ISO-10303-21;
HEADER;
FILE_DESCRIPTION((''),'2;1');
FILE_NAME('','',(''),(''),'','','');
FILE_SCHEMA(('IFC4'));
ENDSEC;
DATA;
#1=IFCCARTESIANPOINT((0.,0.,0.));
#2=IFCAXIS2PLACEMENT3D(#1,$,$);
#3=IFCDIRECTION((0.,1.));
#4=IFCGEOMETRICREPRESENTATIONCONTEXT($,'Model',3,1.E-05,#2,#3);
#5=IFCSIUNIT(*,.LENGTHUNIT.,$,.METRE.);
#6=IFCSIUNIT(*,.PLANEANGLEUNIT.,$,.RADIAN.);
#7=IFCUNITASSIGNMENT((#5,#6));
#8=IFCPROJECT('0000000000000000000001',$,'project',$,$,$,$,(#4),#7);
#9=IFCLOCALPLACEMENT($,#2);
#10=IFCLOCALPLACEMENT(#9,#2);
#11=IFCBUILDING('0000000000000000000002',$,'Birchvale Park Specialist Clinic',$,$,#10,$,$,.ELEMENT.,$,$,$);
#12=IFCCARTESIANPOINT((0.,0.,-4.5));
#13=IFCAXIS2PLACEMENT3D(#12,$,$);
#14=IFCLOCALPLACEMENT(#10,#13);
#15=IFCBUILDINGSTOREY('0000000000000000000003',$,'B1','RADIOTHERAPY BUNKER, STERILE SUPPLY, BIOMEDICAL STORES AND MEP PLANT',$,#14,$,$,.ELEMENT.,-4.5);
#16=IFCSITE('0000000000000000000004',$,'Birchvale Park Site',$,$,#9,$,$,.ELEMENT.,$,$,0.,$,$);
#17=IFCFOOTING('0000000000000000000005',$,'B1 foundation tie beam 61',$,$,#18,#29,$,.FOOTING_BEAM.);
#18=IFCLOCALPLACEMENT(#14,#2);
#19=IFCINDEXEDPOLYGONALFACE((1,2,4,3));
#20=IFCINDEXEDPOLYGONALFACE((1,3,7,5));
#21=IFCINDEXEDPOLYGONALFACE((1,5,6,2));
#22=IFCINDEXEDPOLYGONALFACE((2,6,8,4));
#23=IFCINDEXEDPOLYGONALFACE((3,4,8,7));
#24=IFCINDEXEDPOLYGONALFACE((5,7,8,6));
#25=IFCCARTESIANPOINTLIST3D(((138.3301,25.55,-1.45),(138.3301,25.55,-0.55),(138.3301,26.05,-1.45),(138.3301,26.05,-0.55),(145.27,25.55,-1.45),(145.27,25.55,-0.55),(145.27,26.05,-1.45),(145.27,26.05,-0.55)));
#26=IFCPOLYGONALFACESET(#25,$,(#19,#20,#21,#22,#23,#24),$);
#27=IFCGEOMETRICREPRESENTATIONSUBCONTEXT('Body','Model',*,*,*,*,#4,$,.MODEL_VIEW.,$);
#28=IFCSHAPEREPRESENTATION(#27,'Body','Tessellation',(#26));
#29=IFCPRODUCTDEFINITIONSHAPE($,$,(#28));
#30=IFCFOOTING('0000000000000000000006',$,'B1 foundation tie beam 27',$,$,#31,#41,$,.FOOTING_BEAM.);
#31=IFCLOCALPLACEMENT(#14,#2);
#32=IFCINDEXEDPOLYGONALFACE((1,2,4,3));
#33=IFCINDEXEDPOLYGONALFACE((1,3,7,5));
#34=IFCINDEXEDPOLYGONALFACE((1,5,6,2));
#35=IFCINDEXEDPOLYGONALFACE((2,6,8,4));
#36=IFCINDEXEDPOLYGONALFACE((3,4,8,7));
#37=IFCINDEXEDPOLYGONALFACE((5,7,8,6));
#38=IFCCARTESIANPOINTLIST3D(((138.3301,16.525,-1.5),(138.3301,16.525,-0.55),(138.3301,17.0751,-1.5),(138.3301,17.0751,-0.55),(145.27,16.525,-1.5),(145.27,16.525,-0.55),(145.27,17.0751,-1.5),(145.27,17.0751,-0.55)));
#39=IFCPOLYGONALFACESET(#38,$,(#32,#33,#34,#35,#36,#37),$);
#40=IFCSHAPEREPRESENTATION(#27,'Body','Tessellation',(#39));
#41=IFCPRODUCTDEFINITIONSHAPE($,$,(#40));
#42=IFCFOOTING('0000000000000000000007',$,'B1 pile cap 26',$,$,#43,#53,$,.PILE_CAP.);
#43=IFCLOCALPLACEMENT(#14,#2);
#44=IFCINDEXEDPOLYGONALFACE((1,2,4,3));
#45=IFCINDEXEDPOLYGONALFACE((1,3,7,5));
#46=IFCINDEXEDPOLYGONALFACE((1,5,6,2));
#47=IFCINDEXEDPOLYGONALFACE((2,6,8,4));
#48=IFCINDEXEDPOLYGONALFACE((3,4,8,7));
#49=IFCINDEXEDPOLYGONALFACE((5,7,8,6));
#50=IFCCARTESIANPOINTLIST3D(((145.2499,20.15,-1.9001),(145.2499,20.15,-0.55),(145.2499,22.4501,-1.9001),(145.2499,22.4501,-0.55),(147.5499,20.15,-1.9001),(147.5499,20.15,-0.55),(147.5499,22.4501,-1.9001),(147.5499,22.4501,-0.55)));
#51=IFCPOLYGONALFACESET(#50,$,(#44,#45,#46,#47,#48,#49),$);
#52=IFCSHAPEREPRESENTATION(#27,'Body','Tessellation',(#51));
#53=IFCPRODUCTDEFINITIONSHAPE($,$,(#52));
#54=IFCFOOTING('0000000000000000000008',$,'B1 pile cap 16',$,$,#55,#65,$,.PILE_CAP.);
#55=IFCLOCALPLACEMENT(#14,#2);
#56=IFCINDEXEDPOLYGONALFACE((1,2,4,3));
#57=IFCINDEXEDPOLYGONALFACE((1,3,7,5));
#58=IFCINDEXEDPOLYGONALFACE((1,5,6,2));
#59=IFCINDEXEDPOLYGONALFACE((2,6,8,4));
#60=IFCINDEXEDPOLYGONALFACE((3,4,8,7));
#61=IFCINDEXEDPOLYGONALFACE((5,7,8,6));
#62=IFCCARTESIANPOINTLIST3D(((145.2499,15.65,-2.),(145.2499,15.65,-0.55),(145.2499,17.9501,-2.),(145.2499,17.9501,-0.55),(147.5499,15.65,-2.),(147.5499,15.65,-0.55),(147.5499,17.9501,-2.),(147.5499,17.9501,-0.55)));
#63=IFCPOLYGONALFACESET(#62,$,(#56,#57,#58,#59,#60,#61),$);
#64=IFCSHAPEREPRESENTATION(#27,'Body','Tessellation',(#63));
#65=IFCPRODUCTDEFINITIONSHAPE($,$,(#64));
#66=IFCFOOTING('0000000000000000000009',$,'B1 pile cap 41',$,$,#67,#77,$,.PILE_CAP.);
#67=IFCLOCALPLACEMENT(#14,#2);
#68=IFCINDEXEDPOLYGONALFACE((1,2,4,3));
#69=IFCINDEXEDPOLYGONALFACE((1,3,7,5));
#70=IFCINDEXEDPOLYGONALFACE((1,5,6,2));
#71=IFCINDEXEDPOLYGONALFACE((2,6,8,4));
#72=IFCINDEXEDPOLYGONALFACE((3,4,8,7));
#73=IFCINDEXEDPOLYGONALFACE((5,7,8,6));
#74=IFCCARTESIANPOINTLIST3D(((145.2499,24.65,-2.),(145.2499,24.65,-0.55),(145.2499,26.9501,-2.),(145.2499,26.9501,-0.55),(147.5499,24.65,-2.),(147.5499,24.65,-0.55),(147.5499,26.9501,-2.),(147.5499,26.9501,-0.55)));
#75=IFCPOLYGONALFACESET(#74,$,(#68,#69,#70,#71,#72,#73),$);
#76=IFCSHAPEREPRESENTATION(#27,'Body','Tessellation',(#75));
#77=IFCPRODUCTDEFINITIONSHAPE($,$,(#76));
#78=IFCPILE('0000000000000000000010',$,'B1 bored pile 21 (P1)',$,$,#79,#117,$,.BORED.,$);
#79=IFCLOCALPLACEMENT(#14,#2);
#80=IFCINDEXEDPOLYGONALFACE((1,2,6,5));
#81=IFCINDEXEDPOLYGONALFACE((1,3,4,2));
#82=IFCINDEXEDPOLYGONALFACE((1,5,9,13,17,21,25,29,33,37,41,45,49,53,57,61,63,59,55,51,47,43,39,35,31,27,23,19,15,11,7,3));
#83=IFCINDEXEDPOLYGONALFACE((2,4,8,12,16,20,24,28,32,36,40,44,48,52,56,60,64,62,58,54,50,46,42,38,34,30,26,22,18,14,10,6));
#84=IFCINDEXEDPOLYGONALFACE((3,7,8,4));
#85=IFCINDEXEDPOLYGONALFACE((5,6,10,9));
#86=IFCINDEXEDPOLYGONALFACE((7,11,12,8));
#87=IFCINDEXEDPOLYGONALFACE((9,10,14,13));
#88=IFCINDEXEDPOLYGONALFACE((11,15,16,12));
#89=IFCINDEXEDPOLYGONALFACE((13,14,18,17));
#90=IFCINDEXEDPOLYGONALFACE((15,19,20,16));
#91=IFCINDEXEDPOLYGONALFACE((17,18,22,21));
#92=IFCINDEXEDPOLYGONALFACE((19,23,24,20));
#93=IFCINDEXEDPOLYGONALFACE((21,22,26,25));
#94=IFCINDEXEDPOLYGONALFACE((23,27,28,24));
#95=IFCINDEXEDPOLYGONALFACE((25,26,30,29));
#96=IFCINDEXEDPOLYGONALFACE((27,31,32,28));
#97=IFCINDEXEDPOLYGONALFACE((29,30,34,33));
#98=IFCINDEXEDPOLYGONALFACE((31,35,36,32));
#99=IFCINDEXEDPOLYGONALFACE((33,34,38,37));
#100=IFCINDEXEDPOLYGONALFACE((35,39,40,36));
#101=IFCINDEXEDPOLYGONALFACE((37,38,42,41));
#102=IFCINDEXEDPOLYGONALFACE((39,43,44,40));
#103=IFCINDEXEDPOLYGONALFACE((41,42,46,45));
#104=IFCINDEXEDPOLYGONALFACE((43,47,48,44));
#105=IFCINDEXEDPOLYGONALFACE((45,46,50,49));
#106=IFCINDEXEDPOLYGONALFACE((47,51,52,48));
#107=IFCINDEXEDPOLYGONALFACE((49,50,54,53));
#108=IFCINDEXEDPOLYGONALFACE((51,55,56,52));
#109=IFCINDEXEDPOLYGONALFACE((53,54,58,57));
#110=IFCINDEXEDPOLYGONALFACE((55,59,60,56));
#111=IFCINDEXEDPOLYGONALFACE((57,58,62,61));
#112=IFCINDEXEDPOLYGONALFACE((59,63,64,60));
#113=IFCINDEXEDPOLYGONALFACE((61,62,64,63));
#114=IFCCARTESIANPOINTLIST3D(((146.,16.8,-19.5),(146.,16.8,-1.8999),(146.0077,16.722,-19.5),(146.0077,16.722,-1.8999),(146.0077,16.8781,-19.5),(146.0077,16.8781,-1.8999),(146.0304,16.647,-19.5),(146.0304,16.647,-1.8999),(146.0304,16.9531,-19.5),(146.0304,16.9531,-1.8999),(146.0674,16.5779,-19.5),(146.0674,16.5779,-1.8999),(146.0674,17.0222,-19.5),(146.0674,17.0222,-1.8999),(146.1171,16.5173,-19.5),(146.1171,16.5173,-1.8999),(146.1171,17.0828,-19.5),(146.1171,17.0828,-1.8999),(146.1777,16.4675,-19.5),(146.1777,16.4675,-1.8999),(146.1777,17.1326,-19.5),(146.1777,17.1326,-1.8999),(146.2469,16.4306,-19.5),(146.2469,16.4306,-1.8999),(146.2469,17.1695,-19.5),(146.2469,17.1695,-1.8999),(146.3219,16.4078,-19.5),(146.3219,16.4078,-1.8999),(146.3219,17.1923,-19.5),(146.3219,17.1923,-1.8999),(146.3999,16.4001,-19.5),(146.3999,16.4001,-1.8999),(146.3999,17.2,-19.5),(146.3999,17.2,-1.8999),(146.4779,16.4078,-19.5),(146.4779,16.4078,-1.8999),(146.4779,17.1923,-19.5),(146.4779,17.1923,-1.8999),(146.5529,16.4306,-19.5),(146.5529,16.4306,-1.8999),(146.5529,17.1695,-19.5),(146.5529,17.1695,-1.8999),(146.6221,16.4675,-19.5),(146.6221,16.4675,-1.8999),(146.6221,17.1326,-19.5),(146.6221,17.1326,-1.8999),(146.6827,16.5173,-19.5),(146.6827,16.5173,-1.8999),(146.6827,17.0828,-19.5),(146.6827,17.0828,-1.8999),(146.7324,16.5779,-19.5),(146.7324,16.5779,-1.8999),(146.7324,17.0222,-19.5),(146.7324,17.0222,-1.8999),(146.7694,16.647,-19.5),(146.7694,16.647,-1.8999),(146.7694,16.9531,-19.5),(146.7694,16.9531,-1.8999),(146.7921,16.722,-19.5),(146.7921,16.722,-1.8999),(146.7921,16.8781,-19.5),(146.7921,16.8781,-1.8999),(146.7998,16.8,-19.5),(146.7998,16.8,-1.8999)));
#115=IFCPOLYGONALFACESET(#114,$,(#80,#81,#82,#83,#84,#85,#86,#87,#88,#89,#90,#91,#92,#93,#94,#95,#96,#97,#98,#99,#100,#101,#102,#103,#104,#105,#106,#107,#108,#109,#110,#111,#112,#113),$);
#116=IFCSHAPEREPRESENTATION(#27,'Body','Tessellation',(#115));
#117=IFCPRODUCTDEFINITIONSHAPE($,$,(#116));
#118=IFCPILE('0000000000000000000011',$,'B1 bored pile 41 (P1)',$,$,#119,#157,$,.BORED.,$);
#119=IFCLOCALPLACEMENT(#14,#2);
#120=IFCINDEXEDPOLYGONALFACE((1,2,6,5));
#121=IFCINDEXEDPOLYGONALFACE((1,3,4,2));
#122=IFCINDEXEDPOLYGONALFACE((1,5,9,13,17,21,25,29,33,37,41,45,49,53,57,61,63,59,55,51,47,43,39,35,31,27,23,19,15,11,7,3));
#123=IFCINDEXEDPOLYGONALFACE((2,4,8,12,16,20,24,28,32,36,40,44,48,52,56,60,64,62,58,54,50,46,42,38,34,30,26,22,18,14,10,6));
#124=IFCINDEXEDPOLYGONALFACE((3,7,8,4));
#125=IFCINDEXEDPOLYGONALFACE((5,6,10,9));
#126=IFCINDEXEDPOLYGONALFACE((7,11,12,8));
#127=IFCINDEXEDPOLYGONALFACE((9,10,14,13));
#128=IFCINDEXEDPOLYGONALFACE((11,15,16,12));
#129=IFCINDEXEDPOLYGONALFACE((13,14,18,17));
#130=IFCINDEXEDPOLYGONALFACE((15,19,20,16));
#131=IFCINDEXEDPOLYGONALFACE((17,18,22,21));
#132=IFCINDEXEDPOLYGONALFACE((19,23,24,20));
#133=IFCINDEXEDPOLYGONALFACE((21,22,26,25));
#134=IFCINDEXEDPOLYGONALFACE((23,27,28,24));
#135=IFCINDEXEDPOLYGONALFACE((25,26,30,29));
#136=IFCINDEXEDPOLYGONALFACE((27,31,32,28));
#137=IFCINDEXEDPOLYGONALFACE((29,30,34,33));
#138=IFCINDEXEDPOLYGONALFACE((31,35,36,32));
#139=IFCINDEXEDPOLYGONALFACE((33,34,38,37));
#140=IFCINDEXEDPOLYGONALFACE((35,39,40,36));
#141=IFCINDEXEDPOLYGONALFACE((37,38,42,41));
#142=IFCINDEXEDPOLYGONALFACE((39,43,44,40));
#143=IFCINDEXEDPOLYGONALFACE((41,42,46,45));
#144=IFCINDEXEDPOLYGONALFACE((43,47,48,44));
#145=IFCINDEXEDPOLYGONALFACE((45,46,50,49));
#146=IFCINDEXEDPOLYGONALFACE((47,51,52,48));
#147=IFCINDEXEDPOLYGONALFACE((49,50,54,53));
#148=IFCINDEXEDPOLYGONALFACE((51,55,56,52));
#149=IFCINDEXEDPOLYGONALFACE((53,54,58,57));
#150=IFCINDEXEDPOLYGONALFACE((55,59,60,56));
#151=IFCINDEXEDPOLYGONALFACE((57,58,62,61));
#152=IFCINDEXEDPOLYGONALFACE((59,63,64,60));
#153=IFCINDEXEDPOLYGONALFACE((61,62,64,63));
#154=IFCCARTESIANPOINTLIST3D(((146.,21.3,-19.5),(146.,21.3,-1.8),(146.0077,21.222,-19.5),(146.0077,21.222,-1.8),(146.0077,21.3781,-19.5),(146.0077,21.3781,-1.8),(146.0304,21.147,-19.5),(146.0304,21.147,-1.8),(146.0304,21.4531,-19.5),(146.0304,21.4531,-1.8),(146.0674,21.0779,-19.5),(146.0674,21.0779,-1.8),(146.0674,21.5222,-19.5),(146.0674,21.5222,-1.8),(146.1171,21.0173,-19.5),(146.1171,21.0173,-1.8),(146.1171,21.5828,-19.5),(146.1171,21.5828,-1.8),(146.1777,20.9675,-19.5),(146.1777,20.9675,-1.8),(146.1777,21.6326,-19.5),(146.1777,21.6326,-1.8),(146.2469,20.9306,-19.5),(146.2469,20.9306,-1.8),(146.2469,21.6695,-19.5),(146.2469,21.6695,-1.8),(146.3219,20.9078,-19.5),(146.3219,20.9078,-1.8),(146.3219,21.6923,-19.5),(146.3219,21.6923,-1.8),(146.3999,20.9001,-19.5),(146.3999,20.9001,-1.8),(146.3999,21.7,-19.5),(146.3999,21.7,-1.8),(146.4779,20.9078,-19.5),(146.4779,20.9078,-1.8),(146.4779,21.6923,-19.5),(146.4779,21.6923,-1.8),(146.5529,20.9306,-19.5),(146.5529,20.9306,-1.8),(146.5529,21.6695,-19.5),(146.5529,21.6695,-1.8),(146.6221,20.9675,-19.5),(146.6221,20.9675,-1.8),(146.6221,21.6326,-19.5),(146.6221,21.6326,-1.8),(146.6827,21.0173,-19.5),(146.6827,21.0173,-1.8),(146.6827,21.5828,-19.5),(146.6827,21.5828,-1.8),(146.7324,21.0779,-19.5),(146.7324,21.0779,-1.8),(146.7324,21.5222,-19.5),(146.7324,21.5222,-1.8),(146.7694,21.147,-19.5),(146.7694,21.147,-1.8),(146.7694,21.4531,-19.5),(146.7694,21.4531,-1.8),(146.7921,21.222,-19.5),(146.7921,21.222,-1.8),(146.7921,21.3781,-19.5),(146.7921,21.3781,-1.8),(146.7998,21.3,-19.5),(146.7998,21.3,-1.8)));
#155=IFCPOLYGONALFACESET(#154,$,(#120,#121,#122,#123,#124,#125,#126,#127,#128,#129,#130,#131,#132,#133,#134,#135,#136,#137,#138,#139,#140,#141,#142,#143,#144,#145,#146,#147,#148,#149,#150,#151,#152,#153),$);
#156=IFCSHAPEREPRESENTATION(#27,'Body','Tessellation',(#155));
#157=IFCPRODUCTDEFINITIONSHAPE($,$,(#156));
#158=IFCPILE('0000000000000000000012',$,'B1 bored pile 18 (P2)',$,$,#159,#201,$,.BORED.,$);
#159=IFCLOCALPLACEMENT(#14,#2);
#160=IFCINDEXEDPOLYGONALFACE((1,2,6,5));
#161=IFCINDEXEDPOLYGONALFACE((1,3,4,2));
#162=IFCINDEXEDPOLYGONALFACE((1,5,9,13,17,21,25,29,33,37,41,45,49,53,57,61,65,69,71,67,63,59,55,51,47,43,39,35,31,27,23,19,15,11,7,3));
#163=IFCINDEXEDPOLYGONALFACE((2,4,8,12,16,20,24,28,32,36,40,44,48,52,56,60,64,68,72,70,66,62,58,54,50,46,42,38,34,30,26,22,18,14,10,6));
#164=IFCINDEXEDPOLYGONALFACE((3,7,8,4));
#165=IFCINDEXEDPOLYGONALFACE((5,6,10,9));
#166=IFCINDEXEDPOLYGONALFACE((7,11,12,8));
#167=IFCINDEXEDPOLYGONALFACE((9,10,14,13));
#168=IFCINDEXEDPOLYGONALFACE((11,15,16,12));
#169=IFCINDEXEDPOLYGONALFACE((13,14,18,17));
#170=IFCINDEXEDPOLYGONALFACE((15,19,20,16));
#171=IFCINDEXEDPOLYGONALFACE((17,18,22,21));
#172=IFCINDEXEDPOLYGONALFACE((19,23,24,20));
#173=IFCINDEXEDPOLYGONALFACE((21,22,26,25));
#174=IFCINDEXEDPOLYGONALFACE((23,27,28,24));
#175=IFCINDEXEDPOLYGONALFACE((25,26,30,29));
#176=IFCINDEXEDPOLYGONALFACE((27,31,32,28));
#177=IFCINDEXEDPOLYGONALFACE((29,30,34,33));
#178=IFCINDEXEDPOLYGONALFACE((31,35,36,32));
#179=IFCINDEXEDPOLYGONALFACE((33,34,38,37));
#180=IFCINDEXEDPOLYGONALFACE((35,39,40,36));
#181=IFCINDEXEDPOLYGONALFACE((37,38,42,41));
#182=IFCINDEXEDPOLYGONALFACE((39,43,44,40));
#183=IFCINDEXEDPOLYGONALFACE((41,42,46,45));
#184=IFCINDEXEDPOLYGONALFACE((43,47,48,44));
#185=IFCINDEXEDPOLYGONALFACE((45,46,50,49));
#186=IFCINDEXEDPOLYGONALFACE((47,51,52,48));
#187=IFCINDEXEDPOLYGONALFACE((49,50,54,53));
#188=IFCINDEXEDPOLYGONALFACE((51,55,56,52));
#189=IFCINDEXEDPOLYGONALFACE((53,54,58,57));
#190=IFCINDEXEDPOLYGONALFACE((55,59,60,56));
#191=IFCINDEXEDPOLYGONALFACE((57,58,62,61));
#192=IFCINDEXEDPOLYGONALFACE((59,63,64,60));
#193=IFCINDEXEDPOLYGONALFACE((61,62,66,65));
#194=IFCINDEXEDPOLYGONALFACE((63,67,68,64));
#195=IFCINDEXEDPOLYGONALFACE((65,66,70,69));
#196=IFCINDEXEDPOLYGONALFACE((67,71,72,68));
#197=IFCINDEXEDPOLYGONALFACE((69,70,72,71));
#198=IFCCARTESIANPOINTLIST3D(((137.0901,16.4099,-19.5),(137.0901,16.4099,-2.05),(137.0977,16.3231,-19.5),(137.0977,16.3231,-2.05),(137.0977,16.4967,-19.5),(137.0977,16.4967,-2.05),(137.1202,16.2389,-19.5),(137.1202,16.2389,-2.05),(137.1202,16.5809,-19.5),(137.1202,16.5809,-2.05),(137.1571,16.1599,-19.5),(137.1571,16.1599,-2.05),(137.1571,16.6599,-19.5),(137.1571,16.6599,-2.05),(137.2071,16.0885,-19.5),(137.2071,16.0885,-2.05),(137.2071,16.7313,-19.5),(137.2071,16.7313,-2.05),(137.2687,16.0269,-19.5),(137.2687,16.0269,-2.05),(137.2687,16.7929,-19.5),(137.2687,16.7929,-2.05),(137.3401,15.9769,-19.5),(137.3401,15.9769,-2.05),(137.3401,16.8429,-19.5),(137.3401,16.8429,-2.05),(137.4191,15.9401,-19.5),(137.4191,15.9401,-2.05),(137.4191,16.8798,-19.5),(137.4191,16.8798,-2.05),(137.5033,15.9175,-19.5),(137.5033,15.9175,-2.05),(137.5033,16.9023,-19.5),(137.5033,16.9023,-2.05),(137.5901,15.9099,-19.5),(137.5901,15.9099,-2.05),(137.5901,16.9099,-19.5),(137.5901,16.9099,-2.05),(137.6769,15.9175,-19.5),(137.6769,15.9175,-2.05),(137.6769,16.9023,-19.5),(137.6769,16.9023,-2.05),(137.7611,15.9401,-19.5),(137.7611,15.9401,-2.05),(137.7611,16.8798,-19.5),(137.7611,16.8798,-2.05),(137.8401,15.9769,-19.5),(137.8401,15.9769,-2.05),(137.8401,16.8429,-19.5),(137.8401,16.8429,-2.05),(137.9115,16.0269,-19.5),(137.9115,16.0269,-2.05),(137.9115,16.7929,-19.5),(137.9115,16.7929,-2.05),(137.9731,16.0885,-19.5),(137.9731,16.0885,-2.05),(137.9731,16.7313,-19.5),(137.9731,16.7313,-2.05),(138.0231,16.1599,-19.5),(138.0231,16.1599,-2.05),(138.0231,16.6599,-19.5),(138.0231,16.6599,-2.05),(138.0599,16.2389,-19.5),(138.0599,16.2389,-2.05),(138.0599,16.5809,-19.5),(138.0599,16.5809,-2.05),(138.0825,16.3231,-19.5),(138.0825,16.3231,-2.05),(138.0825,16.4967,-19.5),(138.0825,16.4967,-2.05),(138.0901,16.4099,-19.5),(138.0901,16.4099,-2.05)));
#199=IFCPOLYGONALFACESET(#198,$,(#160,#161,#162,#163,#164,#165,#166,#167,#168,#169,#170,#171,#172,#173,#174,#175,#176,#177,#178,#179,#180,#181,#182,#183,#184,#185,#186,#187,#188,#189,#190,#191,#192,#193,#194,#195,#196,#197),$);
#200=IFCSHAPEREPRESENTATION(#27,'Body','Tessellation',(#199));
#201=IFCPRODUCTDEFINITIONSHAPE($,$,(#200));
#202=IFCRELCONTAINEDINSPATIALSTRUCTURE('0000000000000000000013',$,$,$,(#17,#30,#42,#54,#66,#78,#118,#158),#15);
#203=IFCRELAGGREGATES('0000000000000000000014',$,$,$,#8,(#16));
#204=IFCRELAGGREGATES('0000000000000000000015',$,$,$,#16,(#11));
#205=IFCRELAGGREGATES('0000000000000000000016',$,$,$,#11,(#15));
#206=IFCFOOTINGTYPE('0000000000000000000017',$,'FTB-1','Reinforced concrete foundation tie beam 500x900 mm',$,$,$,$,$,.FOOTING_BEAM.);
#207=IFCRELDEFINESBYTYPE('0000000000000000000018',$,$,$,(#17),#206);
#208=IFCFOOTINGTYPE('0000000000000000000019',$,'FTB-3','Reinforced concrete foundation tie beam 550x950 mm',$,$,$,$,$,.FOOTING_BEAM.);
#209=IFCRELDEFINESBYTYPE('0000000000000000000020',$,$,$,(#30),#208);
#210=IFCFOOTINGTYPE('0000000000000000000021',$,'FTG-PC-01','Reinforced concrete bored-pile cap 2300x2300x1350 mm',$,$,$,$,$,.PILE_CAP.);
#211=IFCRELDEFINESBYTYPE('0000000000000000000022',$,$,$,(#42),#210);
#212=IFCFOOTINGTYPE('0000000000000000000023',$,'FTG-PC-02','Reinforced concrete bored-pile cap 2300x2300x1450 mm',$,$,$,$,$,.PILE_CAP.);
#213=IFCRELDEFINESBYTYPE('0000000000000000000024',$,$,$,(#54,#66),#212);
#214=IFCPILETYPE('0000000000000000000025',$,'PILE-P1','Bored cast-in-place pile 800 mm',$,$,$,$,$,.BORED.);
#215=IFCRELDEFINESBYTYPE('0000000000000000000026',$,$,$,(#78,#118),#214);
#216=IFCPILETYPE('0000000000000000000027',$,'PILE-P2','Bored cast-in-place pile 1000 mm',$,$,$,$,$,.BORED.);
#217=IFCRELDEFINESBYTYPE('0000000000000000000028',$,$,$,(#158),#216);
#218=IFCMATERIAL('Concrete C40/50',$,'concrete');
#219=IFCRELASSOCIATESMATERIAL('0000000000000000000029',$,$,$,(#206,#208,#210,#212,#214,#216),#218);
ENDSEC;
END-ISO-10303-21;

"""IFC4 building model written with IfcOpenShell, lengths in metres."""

from ifc_helpers import new_model, si_unit, direction, frame, origin, origin_2d, place, context, subcontext, project, spatial, rectangle, circle, extrude, material, material_profile, profile_set, type_object, element, save


model = new_model("IFC4")

# Units and contexts
model_context = context("Model", 3, precision=1e-05, world=origin(), true_north=direction((0.0, 1.0)))
body_context = subcontext(model_context, "Body", "Model", "MODEL_VIEW")
ifc_project = project(units=[si_unit("LENGTHUNIT", "METRE"), si_unit("PLANEANGLEUNIT", "RADIAN")], contexts=[model_context])

# Site, building, storey
site_placement = place(None, origin())
site = spatial("IfcSite", under=ifc_project, at=site_placement, Name="Birchvale Park Site", CompositionType="ELEMENT", RefElevation=0.0)
building_placement = place(site_placement, origin())
building = spatial("IfcBuilding", under=site, at=building_placement, Name="Birchvale Park Specialist Clinic", CompositionType="ELEMENT")
storey_placement = place(building_placement, frame((0.0, 0.0, -4.5)))
storey = spatial("IfcBuildingStorey", under=building, at=storey_placement, Name="B1", Description="RADIOTHERAPY BUNKER, STERILE SUPPLY, BIOMEDICAL STORES AND MEP PLANT", CompositionType="ELEMENT", Elevation=-4.5)

# Footings
ifc_material_1 = material(Name="Concrete C40/50", Category="concrete")
footing_type_1 = type_object("IfcFootingType", Name="FTB-1", Description="Reinforced concrete foundation tie beam 500x900 mm", PredefinedType="FOOTING_BEAM", material=ifc_material_1)
footing_1_placement = place(storey_placement, frame((141.8, 25.8, -1.45), z_axis=(0.0, 0.0, 1.0), x_axis=(1.0, 0.0, 0.0)))
element("IfcFooting", 1, at=footing_1_placement, inside=storey, type_object=footing_type_1, Name="B1 foundation tie beam 61", PredefinedType="FOOTING_BEAM", context=body_context, shape_type="SweptSolid", body=[
    extrude(rectangle(XDim=6.9399, YDim=0.5, at=origin_2d()), origin(), (0.0, 0.0, 1.0), 0.8999),
])
footing_type_2 = type_object("IfcFootingType", Name="FTB-3", Description="Reinforced concrete foundation tie beam 550x950 mm", PredefinedType="FOOTING_BEAM", material=ifc_material_1)
footing_2_placement = place(storey_placement, frame((141.8, 16.8, -1.5), z_axis=(0.0, 0.0, 1.0), x_axis=(1.0, 0.0, 0.0)))
element("IfcFooting", 2, at=footing_2_placement, inside=storey, type_object=footing_type_2, Name="B1 foundation tie beam 27", PredefinedType="FOOTING_BEAM", context=body_context, shape_type="SweptSolid", body=[
    extrude(rectangle(XDim=6.9399, YDim=0.55, at=origin_2d()), origin(), (0.0, 0.0, 1.0), 0.95),
])
footing_type_3 = type_object("IfcFootingType", Name="FTG-PC-01", Description="Reinforced concrete bored-pile cap 2300x2300x1350 mm", PredefinedType="PILE_CAP", material=ifc_material_1)
footing_3_placement = place(storey_placement, frame((146.3999, 21.3, -1.9001), z_axis=(0.0, 0.0, 1.0), x_axis=(1.0, 0.0, 0.0)))
element("IfcFooting", 3, at=footing_3_placement, inside=storey, type_object=footing_type_3, Name="B1 pile cap 26", PredefinedType="PILE_CAP", context=body_context, shape_type="SweptSolid", body=[
    extrude(rectangle(XDim=2.3, YDim=2.3, at=origin_2d()), origin(), (0.0, 0.0, 1.0), 1.3501),
])
footing_type_4 = type_object("IfcFootingType", Name="FTG-PC-02", Description="Reinforced concrete bored-pile cap 2300x2300x1450 mm", PredefinedType="PILE_CAP", material=ifc_material_1)
for number, where, z_axis, x_axis, name in (
    (4, (146.3999, 16.8, -2.0), (0.0, 0.0, 1.0), (1.0, 0.0, 0.0), "B1 pile cap 16"),
    (5, (146.3999, 25.8, -2.0), (0.0, 0.0, 1.0), (1.0, 0.0, 0.0), "B1 pile cap 41"),
):
    element("IfcFooting", number, at=place(storey_placement, frame(where, z_axis=z_axis, x_axis=x_axis)), inside=storey, type_object=footing_type_4, Name=name, PredefinedType="PILE_CAP", context=body_context, shape_type="SweptSolid", body=[
        extrude(rectangle(XDim=2.3, YDim=2.3, at=origin_2d()), origin(), (0.0, 0.0, 1.0), 1.45),
    ])

# Piles
ifc_material_profile_1 = material_profile(ifc_material_1, circle(Radius=0.3999, at=origin_2d()), Name="PILE-800")
ifc_profile_set_1 = profile_set([ifc_material_profile_1], Name="Concrete C40/50")
pile_type_1 = type_object("IfcPileType", Name="PILE-P1", Description="Bored cast-in-place pile 800 mm", PredefinedType="BORED", material=ifc_profile_set_1)
pile_1_placement = place(storey_placement, frame((146.3999, 16.8, -1.8999), z_axis=(0.0, 0.0, -1.0), x_axis=(1.0, 0.0, 0.0)))
element("IfcPile", 6, at=pile_1_placement, inside=storey, type_object=pile_type_1, Name="B1 bored pile 21 (P1)", PredefinedType="BORED", context=body_context, shape_type="SweptSolid", body=[
    extrude(circle(Radius=0.3999, at=origin_2d()), origin(), (0.0, 0.0, 1.0), 17.6001),
])
pile_2_placement = place(storey_placement, frame((146.3999, 21.3, -1.8), z_axis=(0.0, 0.0, -1.0), x_axis=(1.0, 0.0, 0.0)))
element("IfcPile", 7, at=pile_2_placement, inside=storey, type_object=pile_type_1, Name="B1 bored pile 41 (P1)", PredefinedType="BORED", context=body_context, shape_type="SweptSolid", body=[
    extrude(circle(Radius=0.3999, at=origin_2d()), origin(), (0.0, 0.0, 1.0), 17.7),
])
ifc_material_profile_2 = material_profile(ifc_material_1, circle(Radius=0.5, at=origin_2d()), Name="PILE-1000")
ifc_profile_set_2 = profile_set([ifc_material_profile_2], Name="Concrete C40/50")
pile_type_2 = type_object("IfcPileType", Name="PILE-P2", Description="Bored cast-in-place pile 1000 mm", PredefinedType="BORED", material=ifc_profile_set_2)
for number, where, z_axis, x_axis, name in (
    (8, (137.5901, 16.4099, -2.05), (0.0, 0.0, -1.0), (1.0, 0.0, 0.0), "B1 bored pile 18 (P2)"),
):
    element("IfcPile", number, at=place(storey_placement, frame(where, z_axis=z_axis, x_axis=x_axis)), inside=storey, type_object=pile_type_2, Name=name, PredefinedType="BORED", context=body_context, shape_type="SweptSolid", body=[
        extrude(circle(Radius=0.5, at=origin_2d()), origin(), (0.0, 0.0, 1.0), 17.45),
    ])

save(model, "model.ifc")
